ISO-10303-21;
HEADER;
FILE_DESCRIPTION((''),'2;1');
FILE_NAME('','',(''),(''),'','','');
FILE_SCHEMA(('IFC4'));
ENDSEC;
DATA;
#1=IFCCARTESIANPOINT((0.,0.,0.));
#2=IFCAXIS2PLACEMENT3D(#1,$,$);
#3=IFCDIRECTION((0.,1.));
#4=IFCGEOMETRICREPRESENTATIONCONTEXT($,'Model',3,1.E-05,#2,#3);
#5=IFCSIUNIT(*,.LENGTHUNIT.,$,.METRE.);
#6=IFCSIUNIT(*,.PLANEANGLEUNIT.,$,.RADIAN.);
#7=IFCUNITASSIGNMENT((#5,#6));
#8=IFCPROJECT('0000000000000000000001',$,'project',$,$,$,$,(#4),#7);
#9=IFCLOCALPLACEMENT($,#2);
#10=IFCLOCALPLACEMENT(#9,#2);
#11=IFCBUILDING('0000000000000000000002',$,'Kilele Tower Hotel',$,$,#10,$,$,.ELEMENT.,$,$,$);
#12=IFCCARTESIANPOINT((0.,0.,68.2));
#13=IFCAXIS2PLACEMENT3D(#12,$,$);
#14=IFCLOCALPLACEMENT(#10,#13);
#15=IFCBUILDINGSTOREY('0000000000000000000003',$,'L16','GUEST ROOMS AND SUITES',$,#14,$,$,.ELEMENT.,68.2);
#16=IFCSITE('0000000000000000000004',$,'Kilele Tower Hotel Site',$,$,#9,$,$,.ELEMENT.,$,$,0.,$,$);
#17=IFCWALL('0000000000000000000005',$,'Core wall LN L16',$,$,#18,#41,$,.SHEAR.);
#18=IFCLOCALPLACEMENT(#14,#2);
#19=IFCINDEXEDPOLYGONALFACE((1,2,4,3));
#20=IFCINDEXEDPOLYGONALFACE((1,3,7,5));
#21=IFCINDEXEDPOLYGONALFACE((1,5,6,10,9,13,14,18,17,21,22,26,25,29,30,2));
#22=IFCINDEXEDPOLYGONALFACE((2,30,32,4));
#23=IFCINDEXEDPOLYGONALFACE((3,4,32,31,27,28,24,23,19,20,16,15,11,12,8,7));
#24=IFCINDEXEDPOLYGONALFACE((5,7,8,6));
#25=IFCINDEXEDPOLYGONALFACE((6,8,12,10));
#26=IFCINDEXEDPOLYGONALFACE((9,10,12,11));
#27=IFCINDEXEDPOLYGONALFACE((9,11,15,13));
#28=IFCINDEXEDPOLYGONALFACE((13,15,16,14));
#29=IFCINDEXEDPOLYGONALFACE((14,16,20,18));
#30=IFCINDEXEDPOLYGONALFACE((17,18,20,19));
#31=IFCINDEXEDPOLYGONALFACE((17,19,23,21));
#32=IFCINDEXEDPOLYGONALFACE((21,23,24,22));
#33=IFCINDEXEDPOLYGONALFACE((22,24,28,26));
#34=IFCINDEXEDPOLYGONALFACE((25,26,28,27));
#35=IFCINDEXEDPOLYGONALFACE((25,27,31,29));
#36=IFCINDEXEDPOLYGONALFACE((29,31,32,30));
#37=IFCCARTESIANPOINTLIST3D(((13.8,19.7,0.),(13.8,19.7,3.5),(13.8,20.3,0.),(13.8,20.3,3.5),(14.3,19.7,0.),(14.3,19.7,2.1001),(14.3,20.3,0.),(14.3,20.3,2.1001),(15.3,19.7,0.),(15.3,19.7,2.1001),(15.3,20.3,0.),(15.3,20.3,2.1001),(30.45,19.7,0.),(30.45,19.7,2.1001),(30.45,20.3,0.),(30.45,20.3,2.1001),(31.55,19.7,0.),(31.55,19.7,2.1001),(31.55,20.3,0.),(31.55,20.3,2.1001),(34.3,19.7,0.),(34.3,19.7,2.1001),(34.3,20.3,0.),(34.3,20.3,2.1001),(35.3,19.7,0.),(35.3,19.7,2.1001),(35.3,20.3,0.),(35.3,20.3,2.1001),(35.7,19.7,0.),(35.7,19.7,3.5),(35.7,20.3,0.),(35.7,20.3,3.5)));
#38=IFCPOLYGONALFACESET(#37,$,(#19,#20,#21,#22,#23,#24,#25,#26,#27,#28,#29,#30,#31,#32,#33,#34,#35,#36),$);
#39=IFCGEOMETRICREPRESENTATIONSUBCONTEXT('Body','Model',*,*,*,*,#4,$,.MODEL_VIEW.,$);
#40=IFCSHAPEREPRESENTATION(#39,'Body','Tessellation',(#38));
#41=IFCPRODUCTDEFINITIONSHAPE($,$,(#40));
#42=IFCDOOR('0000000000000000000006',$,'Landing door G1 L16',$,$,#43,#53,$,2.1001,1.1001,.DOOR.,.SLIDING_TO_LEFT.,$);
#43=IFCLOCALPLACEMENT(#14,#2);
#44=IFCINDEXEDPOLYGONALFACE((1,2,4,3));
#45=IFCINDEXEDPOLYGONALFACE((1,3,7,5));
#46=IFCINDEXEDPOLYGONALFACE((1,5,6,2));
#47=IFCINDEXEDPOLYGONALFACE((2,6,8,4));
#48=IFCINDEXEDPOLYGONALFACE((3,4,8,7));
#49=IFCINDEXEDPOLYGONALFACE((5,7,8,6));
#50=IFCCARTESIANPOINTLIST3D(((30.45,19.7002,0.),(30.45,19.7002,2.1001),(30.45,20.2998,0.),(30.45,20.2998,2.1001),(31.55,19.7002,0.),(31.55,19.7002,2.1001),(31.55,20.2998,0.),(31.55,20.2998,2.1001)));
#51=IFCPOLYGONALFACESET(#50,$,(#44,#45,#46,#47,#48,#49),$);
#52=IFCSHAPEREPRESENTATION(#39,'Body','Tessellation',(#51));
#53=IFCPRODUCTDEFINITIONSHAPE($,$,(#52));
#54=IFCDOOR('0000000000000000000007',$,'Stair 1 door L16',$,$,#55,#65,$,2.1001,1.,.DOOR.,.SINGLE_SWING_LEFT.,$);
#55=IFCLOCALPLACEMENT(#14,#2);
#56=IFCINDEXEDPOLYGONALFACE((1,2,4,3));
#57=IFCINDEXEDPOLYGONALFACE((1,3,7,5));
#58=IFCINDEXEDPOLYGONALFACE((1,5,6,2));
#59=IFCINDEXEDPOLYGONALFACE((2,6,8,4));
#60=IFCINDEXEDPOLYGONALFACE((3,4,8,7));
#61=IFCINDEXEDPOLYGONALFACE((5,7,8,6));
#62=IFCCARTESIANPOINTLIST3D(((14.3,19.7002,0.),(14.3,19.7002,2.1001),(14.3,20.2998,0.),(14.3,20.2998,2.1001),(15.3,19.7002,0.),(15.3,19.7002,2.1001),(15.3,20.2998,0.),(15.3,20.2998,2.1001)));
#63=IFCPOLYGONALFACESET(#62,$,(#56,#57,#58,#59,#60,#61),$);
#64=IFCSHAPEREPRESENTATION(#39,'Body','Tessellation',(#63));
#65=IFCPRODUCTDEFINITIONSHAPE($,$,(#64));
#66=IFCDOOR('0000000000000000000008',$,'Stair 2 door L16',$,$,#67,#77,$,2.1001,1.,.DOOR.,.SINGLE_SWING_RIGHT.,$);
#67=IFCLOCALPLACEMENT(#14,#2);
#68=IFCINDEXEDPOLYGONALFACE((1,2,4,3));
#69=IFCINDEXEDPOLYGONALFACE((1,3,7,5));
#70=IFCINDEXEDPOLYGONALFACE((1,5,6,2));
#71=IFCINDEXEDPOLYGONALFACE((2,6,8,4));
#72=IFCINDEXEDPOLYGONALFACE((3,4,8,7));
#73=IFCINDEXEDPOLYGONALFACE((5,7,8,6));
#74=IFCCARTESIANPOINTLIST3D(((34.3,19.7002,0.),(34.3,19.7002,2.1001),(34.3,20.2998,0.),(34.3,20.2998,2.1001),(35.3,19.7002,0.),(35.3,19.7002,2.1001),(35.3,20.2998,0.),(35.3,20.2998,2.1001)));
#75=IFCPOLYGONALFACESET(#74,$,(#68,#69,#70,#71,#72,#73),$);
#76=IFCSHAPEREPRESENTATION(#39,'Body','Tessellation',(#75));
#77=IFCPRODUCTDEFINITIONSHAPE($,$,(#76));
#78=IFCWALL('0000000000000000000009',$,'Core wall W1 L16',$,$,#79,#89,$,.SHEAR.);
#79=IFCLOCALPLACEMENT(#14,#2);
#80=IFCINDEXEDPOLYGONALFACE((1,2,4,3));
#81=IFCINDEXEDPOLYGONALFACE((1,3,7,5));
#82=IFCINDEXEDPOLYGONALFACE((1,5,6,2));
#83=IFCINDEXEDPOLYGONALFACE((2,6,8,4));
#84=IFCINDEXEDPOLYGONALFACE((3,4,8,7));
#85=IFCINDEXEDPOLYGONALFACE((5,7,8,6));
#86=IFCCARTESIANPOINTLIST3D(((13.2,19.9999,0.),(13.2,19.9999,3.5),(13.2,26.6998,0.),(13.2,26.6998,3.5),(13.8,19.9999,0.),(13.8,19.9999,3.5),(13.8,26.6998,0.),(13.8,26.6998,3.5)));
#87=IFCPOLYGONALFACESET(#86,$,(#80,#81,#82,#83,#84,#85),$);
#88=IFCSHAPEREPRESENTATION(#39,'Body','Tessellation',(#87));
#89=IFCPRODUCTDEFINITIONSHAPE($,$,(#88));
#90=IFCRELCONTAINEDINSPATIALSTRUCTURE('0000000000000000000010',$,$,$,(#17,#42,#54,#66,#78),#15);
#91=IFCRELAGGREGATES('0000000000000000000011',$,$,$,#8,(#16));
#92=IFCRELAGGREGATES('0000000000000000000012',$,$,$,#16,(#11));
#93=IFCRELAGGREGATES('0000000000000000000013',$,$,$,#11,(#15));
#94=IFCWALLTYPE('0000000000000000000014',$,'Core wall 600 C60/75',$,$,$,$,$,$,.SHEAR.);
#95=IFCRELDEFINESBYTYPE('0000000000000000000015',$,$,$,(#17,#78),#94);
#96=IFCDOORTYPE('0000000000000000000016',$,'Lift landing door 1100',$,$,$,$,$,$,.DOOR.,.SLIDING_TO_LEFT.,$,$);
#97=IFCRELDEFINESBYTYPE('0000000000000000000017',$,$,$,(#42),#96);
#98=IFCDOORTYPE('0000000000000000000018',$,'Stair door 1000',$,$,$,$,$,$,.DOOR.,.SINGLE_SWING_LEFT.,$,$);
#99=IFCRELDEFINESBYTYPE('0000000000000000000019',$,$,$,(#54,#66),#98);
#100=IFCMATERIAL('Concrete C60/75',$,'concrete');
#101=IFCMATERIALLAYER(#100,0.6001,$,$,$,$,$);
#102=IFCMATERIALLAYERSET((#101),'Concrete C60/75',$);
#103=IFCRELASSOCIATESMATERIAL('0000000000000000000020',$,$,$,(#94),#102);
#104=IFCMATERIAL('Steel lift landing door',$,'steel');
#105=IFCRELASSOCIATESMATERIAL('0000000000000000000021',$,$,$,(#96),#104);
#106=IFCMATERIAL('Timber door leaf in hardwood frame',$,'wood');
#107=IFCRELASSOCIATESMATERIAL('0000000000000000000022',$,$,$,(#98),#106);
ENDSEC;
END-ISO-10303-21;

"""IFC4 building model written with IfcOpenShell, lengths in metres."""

from ifc_helpers import new_model, si_unit, direction, frame, frame_2d, origin, place, context, subcontext, project, spatial, rectangle, extrude, material, layer, layer_set, type_object, element, fill, save


model = new_model("IFC4")

# Units and contexts
model_context = context("Model", 3, precision=1e-05, world=origin(), true_north=direction((0.0, 1.0)))
body_context = subcontext(model_context, "Body", "Model", "MODEL_VIEW")
ifc_project = project(units=[si_unit("LENGTHUNIT", "METRE"), si_unit("PLANEANGLEUNIT", "RADIAN")], contexts=[model_context])

# Site, building, storey
site_placement = place(None, origin())
site = spatial("IfcSite", under=ifc_project, at=site_placement, Name="Kilele Tower Hotel Site", CompositionType="ELEMENT", RefElevation=0.0)
building_placement = place(site_placement, origin())
building = spatial("IfcBuilding", under=site, at=building_placement, Name="Kilele Tower Hotel", CompositionType="ELEMENT")
storey_placement = place(building_placement, frame((0.0, 0.0, 68.2)))
storey = spatial("IfcBuildingStorey", under=building, at=storey_placement, Name="L16", Description="GUEST ROOMS AND SUITES", CompositionType="ELEMENT", Elevation=68.2)

# Wall, openings, doors
ifc_material_1 = material(Name="Concrete C60/75", Category="concrete")
ifc_layer_1 = layer(ifc_material_1, 0.6001)
ifc_layer_set_1 = layer_set([ifc_layer_1], Name="Concrete C60/75")
wall_type_1 = type_object("IfcWallType", Name="Core wall 600 C60/75", PredefinedType="SHEAR", material=ifc_layer_set_1)
wall_1_placement = place(storey_placement, frame((13.8, 20.0, 0.0), z_axis=(0.0, 0.0, 1.0), x_axis=(1.0, 0.0, 0.0)))
wall_1 = element("IfcWall", 1, at=wall_1_placement, inside=storey, type_object=wall_type_1, Name="Core wall LN L16", PredefinedType="SHEAR", context=body_context, shape_type="SweptSolid", body=[
    extrude(rectangle(XDim=21.8999, YDim=0.6001, at=frame_2d((10.95, 0.0))), origin(), (0.0, 0.0, 1.0), 3.5),
])
opening_1_placement = place(wall_1_placement, frame((0.5, 0.0, 0.0)))
opening_1 = element("IfcOpeningElement", 2, at=opening_1_placement, cuts=wall_1, PredefinedType="OPENING", context=body_context, shape_type="SweptSolid", body=[
    extrude(rectangle(XDim=1.0, YDim=2.1001, at=frame_2d((0.5, 1.05))), frame((0.0, 0.3101, 0.0), z_axis=(0.0, -1.0, 0.0), x_axis=(1.0, 0.0, 0.0)), (0.0, 0.0, 1.0), 0.6201),
])
opening_2_placement = place(wall_1_placement, frame((20.5, 0.0, 0.0)))
opening_2 = element("IfcOpeningElement", 3, at=opening_2_placement, cuts=wall_1, PredefinedType="OPENING", context=body_context, shape_type="SweptSolid", body=[
    extrude(rectangle(XDim=1.0, YDim=2.1001, at=frame_2d((0.5, 1.05))), frame((0.0, 0.3101, 0.0), z_axis=(0.0, -1.0, 0.0), x_axis=(1.0, 0.0, 0.0)), (0.0, 0.0, 1.0), 0.6201),
])
opening_3_placement = place(wall_1_placement, frame((16.6499, 0.0, 0.0)))
opening_3 = element("IfcOpeningElement", 4, at=opening_3_placement, cuts=wall_1, PredefinedType="OPENING", context=body_context, shape_type="SweptSolid", body=[
    extrude(rectangle(XDim=1.1001, YDim=2.1001, at=frame_2d((0.55, 1.05))), frame((0.0, 0.3101, 0.0), z_axis=(0.0, -1.0, 0.0), x_axis=(1.0, 0.0, 0.0)), (0.0, 0.0, 1.0), 0.6201),
])
ifc_material_2 = material(Name="Steel lift landing door", Category="steel")
door_type_1 = type_object("IfcDoorType", Name="Lift landing door 1100", OperationType="SLIDING_TO_LEFT", PredefinedType="DOOR", material=ifc_material_2)
door_1_placement = place(opening_3_placement, origin())
door_1 = element("IfcDoor", 5, at=door_1_placement, inside=storey, type_object=door_type_1, Name="Landing door G1 L16", OperationType="SLIDING_TO_LEFT", OverallHeight=2.1001, OverallWidth=1.1001, PredefinedType="DOOR", context=body_context, shape_type="SweptSolid", body=[
    extrude(rectangle(XDim=1.1001, YDim=2.1001, at=frame_2d((0.55, 1.05))), frame((0.0, 0.2998, 0.0), z_axis=(0.0, -1.0, 0.0), x_axis=(1.0, 0.0, 0.0)), (0.0, 0.0, 1.0), 0.5996),
])
fill(opening_3, door_1)
ifc_material_3 = material(Name="Timber door leaf in hardwood frame", Category="wood")
door_type_2 = type_object("IfcDoorType", Name="Stair door 1000", OperationType="SINGLE_SWING_LEFT", PredefinedType="DOOR", material=ifc_material_3)
door_2_placement = place(opening_1_placement, origin())
door_2 = element("IfcDoor", 6, at=door_2_placement, inside=storey, type_object=door_type_2, Name="Stair 1 door L16", OperationType="SINGLE_SWING_LEFT", OverallHeight=2.1001, OverallWidth=1.0, PredefinedType="DOOR", context=body_context, shape_type="SweptSolid", body=[
    extrude(rectangle(XDim=1.0, YDim=2.1001, at=frame_2d((0.5, 1.05))), frame((0.0, 0.2998, 0.0), z_axis=(0.0, -1.0, 0.0), x_axis=(1.0, 0.0, 0.0)), (0.0, 0.0, 1.0), 0.5996),
])
fill(opening_1, door_2)
door_3_placement = place(opening_2_placement, origin())
door_3 = element("IfcDoor", 7, at=door_3_placement, inside=storey, type_object=door_type_2, Name="Stair 2 door L16", OperationType="SINGLE_SWING_RIGHT", OverallHeight=2.1001, OverallWidth=1.0, PredefinedType="DOOR", context=body_context, shape_type="SweptSolid", body=[
    extrude(rectangle(XDim=1.0, YDim=2.1001, at=frame_2d((0.5, 1.05))), frame((0.0, 0.2998, 0.0), z_axis=(0.0, -1.0, 0.0), x_axis=(1.0, 0.0, 0.0)), (0.0, 0.0, 1.0), 0.5996),
])
fill(opening_2, door_3)

# Wall
wall_2_placement = place(storey_placement, frame((13.5, 26.7, 0.0), z_axis=(0.0, 0.0, 1.0), x_axis=(0.0, -1.0, 0.0)))
element("IfcWall", 8, at=wall_2_placement, inside=storey, type_object=wall_type_1, Name="Core wall W1 L16", PredefinedType="SHEAR", context=body_context, shape_type="SweptSolid", body=[
    extrude(rectangle(XDim=6.7, YDim=0.6001, at=frame_2d((3.3501, 0.0))), origin(), (0.0, 0.0, 1.0), 3.5),
])

save(model, "model.ifc")
